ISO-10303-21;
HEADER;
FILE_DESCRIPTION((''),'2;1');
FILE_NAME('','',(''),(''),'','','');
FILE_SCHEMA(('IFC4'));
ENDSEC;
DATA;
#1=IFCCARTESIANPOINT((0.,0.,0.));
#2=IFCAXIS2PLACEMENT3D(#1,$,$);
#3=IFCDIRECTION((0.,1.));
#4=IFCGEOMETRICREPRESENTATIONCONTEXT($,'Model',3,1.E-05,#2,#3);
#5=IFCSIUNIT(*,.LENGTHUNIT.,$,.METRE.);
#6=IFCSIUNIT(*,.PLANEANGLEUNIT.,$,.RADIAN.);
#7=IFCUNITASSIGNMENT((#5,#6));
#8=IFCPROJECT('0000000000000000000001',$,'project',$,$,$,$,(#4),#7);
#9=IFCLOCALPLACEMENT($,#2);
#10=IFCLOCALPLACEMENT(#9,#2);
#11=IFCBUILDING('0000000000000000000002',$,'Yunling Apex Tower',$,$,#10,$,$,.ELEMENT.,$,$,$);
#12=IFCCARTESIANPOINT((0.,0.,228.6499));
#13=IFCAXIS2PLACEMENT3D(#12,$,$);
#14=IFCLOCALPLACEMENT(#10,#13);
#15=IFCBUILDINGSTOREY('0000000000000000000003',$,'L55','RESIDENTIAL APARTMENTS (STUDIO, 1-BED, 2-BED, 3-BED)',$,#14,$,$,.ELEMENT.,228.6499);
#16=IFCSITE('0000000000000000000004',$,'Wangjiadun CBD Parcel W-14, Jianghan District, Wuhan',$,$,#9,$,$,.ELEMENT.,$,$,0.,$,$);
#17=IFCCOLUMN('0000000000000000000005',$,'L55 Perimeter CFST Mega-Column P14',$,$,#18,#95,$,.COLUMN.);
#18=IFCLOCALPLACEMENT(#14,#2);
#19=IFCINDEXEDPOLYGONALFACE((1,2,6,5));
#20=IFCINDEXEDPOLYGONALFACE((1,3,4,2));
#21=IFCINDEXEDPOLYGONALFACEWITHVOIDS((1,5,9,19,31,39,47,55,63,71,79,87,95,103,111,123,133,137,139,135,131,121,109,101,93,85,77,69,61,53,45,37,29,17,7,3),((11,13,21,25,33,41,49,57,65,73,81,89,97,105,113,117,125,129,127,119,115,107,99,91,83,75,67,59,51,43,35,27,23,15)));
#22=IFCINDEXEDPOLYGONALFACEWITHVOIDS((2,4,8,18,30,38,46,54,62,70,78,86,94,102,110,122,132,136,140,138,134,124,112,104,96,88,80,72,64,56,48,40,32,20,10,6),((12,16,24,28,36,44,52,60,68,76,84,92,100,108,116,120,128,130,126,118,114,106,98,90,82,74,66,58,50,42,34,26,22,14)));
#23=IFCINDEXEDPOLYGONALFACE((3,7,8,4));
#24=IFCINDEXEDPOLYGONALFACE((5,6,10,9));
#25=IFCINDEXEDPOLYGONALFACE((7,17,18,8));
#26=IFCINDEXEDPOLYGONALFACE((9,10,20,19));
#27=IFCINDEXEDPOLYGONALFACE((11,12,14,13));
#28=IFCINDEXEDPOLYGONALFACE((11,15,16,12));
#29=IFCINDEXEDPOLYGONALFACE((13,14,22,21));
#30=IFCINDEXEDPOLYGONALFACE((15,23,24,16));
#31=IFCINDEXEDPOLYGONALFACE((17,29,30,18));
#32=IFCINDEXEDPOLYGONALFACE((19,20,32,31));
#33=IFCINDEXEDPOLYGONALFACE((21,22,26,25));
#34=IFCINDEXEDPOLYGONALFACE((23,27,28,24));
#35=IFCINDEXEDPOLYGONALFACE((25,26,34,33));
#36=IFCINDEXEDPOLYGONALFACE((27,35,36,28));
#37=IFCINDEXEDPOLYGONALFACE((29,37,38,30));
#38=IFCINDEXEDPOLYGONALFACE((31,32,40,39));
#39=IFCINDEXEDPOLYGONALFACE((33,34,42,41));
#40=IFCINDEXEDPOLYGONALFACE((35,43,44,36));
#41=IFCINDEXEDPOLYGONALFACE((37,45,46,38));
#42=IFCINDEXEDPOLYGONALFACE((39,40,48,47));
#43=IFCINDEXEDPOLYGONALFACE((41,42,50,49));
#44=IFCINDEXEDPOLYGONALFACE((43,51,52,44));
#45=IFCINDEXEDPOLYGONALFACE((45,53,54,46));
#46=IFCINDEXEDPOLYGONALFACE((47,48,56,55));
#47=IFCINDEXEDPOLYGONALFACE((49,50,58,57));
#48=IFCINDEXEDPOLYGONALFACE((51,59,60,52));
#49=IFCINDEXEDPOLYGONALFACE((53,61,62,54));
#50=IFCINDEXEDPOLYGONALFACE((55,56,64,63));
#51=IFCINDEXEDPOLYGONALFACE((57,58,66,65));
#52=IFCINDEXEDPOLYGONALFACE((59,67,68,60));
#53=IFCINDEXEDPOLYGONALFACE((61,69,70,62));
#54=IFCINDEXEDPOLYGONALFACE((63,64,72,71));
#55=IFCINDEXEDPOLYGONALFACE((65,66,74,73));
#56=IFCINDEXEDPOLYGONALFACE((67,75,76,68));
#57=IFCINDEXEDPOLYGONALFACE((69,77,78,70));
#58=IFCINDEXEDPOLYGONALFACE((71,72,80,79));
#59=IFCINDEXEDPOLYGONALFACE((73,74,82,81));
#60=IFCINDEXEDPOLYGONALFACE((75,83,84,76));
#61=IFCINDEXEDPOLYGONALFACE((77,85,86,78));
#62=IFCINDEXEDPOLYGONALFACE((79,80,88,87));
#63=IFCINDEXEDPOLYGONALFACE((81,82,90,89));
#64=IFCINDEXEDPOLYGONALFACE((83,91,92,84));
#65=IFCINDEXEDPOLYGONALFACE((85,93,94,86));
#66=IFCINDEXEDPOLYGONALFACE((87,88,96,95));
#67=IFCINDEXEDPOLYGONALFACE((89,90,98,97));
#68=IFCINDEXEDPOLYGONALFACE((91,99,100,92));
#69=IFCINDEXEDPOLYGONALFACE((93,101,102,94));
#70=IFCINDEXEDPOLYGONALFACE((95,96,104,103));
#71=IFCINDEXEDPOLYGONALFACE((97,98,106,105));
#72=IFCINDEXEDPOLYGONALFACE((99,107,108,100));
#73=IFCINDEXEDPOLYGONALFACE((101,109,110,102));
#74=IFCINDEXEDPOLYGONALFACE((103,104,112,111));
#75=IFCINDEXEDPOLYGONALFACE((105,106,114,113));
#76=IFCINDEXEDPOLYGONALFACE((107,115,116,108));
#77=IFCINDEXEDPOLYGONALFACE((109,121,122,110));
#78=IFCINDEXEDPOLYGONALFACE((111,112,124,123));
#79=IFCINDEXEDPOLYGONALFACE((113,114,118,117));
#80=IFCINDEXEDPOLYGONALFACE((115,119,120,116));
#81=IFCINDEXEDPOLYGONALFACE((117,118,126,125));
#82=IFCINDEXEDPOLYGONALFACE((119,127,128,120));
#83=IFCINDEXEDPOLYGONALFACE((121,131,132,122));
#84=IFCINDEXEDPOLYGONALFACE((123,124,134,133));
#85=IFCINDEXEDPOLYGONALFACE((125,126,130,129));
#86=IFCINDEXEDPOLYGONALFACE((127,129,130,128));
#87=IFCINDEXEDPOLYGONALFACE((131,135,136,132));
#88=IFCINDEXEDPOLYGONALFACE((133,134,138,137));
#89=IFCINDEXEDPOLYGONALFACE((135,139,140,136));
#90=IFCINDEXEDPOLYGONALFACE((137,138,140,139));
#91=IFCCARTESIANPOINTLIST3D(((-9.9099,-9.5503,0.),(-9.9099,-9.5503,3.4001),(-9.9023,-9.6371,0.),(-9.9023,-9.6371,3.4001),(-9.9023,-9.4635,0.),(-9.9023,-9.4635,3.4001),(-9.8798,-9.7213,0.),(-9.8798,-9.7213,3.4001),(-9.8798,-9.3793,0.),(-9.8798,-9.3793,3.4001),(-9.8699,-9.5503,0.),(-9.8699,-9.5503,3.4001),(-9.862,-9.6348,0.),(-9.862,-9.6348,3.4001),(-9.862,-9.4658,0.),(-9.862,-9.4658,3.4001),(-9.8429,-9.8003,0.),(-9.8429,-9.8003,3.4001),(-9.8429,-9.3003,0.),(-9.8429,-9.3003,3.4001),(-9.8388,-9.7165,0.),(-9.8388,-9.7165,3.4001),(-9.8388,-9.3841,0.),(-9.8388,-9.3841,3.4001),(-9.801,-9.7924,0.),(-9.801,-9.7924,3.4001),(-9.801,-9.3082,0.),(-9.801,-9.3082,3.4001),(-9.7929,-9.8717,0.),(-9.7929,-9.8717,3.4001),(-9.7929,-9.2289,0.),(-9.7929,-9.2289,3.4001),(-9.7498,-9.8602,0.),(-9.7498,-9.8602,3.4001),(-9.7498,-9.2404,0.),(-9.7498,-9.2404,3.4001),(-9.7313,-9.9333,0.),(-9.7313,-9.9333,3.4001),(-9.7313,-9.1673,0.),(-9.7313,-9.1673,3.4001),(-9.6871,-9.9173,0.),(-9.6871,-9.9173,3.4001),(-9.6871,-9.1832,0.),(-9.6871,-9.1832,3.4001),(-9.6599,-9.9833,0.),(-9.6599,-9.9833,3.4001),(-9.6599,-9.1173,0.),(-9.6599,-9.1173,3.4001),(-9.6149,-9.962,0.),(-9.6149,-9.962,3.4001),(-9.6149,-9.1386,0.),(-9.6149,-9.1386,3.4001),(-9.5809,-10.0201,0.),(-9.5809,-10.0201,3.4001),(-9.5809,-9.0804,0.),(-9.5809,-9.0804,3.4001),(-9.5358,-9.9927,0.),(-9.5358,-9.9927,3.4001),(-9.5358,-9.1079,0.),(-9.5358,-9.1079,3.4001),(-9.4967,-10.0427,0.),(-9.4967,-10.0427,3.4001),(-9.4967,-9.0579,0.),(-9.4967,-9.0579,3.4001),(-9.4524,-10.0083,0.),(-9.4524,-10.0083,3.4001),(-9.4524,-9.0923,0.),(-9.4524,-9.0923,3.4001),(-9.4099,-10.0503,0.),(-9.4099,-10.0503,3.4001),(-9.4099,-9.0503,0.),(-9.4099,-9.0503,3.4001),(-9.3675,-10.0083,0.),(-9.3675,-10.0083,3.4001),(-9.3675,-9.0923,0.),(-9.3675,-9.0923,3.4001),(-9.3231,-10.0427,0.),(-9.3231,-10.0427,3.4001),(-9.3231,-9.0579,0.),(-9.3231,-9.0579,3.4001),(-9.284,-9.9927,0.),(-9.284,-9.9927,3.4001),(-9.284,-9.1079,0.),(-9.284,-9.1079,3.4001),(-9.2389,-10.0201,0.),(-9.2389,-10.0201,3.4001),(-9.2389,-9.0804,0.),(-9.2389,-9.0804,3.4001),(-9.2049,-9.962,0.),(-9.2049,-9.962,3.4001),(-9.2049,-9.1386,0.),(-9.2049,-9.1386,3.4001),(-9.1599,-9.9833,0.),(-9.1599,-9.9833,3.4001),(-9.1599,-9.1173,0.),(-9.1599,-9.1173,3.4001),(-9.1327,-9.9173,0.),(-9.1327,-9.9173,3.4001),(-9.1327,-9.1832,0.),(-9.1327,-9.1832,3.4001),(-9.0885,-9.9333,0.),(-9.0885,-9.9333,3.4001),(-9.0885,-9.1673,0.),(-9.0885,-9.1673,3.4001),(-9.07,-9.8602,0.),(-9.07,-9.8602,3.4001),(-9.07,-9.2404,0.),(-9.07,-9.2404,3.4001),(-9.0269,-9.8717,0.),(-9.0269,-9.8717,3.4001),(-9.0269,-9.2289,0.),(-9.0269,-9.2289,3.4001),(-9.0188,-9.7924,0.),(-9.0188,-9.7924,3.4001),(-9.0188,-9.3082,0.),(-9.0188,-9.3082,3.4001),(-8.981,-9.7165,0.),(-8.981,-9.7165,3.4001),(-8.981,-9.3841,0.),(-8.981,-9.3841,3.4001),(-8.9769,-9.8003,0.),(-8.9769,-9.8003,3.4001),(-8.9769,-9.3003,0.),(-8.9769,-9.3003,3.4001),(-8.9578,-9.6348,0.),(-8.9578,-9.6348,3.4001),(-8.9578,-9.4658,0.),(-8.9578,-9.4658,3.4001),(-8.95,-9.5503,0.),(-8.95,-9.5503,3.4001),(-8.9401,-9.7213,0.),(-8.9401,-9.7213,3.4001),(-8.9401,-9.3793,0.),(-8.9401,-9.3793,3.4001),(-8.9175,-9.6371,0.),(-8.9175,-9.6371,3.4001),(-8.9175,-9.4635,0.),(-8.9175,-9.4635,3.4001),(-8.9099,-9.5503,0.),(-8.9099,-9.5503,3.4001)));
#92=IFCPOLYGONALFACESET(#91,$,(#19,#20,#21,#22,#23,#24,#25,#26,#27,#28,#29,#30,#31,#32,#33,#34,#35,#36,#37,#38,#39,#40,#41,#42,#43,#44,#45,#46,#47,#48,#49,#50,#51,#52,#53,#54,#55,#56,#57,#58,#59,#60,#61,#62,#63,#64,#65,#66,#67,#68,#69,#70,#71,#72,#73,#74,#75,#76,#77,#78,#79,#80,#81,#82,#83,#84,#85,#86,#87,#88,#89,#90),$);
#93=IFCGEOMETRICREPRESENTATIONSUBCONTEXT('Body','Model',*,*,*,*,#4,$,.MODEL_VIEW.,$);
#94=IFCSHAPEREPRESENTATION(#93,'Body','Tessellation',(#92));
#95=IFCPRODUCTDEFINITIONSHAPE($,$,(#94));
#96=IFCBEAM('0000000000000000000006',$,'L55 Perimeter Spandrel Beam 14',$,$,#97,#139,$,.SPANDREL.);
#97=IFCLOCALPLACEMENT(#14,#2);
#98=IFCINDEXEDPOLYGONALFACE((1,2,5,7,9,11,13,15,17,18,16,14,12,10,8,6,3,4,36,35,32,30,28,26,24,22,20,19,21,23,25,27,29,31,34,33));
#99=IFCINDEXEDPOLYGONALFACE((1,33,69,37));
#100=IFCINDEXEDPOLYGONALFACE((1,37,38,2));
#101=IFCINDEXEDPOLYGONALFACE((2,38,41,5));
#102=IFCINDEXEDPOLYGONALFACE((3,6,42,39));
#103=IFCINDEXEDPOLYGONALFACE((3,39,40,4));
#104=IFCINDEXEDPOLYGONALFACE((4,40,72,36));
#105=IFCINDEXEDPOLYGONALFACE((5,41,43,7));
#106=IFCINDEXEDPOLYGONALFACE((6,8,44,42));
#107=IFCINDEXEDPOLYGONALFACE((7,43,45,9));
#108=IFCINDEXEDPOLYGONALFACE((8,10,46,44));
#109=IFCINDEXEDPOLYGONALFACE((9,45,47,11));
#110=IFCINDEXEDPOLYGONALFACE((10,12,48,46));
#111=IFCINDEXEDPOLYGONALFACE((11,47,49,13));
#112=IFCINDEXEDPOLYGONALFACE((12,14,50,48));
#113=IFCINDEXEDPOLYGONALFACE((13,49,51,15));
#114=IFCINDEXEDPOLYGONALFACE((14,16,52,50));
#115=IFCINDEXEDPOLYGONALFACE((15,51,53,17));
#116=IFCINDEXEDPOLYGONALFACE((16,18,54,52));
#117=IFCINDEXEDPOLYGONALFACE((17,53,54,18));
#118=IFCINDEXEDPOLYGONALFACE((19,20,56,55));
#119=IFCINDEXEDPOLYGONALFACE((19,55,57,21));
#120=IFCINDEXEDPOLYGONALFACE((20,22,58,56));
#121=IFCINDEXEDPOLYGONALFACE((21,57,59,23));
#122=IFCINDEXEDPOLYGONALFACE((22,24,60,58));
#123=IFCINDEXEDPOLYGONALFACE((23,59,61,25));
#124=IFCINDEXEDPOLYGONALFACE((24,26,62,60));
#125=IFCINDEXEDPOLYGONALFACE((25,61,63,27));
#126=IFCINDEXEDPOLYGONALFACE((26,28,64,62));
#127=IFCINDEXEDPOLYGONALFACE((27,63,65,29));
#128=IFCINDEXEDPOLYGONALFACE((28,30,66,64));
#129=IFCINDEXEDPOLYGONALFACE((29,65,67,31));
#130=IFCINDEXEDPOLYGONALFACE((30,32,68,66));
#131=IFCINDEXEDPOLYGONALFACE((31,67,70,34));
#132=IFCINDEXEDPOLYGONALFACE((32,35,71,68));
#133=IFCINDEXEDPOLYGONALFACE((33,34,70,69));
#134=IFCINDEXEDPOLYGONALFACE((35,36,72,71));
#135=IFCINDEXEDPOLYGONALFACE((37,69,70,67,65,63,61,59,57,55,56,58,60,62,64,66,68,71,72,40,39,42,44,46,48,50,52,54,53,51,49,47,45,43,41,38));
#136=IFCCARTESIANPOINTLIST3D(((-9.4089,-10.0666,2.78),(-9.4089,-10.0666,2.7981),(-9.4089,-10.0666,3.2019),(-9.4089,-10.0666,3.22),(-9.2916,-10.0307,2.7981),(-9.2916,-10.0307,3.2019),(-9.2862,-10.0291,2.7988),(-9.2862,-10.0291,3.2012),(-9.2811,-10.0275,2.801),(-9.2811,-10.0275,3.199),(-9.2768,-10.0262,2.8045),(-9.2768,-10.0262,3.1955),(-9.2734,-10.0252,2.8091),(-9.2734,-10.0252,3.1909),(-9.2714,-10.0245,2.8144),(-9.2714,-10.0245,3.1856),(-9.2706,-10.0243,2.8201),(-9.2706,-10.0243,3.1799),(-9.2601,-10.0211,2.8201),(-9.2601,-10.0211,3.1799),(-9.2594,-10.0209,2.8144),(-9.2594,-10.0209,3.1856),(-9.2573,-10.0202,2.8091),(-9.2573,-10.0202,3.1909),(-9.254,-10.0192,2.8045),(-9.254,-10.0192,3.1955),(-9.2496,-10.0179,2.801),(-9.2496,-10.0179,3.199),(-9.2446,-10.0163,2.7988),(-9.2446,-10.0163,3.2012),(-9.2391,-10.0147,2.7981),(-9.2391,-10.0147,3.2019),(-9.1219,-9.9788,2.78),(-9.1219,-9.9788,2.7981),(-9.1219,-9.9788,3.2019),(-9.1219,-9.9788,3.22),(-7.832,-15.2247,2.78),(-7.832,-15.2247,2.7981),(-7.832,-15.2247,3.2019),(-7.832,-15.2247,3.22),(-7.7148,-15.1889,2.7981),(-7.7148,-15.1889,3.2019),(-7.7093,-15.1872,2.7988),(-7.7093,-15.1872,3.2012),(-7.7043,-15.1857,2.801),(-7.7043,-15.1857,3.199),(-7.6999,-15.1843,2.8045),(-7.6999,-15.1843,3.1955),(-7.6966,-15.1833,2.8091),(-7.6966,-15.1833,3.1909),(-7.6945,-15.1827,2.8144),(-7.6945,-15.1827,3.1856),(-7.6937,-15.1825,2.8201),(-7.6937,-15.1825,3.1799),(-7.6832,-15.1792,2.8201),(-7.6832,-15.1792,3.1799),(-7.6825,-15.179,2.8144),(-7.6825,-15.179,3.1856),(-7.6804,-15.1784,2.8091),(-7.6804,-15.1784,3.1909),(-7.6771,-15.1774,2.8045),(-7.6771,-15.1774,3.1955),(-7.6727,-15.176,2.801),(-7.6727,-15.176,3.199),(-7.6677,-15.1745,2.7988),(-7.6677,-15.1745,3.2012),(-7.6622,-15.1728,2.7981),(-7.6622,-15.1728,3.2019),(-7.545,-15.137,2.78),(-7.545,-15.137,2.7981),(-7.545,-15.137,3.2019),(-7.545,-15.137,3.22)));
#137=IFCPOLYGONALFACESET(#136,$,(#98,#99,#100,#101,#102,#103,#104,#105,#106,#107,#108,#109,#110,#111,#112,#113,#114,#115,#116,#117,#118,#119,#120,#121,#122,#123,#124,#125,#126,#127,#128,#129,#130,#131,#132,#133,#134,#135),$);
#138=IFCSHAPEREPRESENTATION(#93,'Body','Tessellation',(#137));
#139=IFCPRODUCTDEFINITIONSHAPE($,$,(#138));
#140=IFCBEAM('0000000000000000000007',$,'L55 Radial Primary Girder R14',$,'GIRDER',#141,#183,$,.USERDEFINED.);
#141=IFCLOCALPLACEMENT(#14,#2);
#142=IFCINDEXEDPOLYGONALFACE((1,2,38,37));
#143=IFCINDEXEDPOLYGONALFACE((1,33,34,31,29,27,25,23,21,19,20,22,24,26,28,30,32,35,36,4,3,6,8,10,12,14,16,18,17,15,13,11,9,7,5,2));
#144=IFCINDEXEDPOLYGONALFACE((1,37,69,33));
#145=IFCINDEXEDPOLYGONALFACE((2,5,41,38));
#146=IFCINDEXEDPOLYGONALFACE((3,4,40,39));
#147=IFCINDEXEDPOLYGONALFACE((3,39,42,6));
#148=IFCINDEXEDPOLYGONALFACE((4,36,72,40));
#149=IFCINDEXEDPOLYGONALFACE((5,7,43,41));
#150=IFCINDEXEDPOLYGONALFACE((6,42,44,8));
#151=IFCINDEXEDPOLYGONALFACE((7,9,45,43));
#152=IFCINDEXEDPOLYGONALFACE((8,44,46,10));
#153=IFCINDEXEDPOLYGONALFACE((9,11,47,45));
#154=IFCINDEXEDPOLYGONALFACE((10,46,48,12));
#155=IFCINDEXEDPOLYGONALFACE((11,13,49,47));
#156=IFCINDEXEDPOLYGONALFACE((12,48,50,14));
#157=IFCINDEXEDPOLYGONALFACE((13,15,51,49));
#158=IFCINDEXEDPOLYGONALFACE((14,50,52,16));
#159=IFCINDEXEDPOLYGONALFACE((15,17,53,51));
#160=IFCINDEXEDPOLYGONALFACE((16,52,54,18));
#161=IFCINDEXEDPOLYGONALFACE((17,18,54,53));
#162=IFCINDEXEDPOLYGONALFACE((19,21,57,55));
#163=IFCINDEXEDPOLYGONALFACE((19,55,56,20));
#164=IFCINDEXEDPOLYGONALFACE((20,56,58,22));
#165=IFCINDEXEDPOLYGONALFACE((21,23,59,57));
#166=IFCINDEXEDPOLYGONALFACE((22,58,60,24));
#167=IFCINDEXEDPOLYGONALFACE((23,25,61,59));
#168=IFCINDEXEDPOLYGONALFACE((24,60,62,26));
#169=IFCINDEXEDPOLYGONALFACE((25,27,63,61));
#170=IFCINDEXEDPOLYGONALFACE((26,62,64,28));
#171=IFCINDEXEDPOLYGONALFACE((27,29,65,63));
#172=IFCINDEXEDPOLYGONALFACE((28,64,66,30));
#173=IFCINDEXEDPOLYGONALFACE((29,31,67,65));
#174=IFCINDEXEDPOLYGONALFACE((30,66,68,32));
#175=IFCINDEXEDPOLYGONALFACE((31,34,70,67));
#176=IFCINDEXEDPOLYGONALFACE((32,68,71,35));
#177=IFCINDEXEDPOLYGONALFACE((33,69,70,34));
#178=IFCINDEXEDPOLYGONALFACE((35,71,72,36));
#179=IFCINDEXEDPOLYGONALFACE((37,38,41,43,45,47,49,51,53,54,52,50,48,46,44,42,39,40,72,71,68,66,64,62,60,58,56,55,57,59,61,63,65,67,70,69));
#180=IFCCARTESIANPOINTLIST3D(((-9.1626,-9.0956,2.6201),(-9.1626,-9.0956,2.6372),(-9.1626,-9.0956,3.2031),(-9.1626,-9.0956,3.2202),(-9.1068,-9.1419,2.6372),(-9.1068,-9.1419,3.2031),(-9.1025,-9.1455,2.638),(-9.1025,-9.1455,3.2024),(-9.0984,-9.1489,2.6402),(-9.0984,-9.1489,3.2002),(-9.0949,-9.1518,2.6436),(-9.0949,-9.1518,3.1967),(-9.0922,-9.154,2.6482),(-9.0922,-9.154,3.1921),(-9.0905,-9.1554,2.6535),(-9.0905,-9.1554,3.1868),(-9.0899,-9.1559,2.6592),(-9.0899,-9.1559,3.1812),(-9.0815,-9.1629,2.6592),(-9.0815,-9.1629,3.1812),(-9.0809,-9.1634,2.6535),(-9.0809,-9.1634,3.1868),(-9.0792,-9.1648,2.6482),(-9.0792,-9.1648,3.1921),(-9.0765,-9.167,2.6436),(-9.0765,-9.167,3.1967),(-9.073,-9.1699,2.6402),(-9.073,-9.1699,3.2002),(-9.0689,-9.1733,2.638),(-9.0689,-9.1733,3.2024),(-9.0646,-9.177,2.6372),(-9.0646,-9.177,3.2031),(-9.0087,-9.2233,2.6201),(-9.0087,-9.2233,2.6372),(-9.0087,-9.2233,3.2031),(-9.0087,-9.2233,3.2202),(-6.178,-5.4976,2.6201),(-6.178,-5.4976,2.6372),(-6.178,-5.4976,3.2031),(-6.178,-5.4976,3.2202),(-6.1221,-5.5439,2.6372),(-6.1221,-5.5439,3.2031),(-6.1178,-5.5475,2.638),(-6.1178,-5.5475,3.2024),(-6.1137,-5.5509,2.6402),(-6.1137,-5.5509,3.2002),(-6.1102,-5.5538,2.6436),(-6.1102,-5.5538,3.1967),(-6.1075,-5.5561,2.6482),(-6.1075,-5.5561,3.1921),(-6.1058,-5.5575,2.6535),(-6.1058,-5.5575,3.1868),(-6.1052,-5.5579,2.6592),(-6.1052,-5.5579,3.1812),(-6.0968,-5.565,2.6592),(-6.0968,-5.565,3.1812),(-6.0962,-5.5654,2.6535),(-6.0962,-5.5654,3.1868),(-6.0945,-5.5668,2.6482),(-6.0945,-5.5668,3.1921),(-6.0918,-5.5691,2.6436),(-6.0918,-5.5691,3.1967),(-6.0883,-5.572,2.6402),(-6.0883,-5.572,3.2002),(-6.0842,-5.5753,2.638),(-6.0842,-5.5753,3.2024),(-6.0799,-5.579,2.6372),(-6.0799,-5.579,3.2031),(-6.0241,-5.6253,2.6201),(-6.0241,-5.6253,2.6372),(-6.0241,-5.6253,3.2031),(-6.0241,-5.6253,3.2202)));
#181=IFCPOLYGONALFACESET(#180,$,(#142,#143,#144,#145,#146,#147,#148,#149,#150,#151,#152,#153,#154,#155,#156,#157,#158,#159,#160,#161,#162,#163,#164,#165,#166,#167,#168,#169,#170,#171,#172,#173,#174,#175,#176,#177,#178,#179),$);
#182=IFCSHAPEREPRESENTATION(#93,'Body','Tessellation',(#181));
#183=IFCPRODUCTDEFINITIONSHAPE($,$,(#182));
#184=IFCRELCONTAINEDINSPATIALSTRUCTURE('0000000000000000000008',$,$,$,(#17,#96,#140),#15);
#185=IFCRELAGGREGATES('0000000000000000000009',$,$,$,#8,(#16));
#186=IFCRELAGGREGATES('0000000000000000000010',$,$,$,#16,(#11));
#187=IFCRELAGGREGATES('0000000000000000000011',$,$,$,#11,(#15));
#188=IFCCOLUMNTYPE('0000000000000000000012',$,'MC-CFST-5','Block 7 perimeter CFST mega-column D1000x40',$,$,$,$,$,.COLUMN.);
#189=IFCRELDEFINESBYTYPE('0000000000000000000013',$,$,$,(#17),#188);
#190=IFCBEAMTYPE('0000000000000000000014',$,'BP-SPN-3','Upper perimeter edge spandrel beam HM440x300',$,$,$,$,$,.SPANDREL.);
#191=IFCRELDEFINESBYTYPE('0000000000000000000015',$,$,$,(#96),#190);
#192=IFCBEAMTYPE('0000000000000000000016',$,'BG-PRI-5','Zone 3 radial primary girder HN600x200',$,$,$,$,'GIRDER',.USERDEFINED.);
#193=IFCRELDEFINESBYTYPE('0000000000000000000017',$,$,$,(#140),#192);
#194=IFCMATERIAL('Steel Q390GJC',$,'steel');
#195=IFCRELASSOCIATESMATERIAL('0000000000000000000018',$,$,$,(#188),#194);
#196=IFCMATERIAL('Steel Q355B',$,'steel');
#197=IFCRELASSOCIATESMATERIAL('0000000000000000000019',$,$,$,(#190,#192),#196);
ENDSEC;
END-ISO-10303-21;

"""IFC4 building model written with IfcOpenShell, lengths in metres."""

from ifc_helpers import new_model, si_unit, direction, frame, origin, origin_2d, place, context, subcontext, project, spatial, hollow_circle, i_section, extrude, source, transform, mapped, material, material_profile, profile_set, type_object, element, save


model = new_model("IFC4")

# Units and contexts
model_context = context("Model", 3, precision=1e-05, world=origin(), true_north=direction((0.0, 1.0)))
body_context = subcontext(model_context, "Body", "Model", "MODEL_VIEW")
ifc_project = project(units=[si_unit("LENGTHUNIT", "METRE"), si_unit("PLANEANGLEUNIT", "RADIAN")], contexts=[model_context])

# Site, building, storey
site_placement = place(None, origin())
site = spatial("IfcSite", under=ifc_project, at=site_placement, Name="Wangjiadun CBD Parcel W-14, Jianghan District, Wuhan", CompositionType="ELEMENT", RefElevation=0.0)
building_placement = place(site_placement, origin())
building = spatial("IfcBuilding", under=site, at=building_placement, Name="Yunling Apex Tower", CompositionType="ELEMENT")
storey_placement = place(building_placement, frame((0.0, 0.0, 228.6499)))
storey = spatial("IfcBuildingStorey", under=building, at=storey_placement, Name="L55", Description="RESIDENTIAL APARTMENTS (STUDIO, 1-BED, 2-BED, 3-BED)", CompositionType="ELEMENT", Elevation=228.6499)

# Column
ifc_material_1 = material(Name="Steel Q390GJC", Category="steel")
ifc_material_profile_1 = material_profile(ifc_material_1, hollow_circle(Radius=0.5, WallThickness=0.04, at=origin_2d()))
ifc_profile_set_1 = profile_set([ifc_material_profile_1], Name="Steel Q390GJC")
column_type = type_object("IfcColumnType", Name="MC-CFST-5", Description="Block 7 perimeter CFST mega-column D1000x40", PredefinedType="COLUMN", material=ifc_profile_set_1)
shared_shape_1 = source(origin(), body_context, "Body", "SweptSolid", [
    extrude(hollow_circle(Radius=0.5, WallThickness=0.04, at=origin_2d()), origin(), (0.0, 0.0, 1.0), 3.4001),
])
column_placement = place(storey_placement, frame((-9.4099, -9.5503, 0.0), z_axis=(0.0, 0.0, 1.0), x_axis=(1.0, 0.0, 0.0)))
element("IfcColumn", 1, at=column_placement, inside=storey, type_object=column_type, Name="L55 Perimeter CFST Mega-Column P14", PredefinedType="COLUMN", context=body_context, shape_type="MappedRepresentation", body=[
    mapped(shared_shape_1, transform((0.0, 0.0, 0.0), scale=1.0)),
])

# Beams
ifc_material_2 = material(Name="Steel Q355B", Category="steel")
ifc_material_profile_2 = material_profile(ifc_material_2, i_section(OverallWidth=0.3, OverallDepth=0.4399, WebThickness=0.011, FlangeThickness=0.0181, FilletRadius=0.022, at=origin_2d()))
ifc_profile_set_2 = profile_set([ifc_material_profile_2], Name="Steel Q355B")
beam_type_1 = type_object("IfcBeamType", Name="BP-SPN-3", Description="Upper perimeter edge spandrel beam HM440x300", PredefinedType="SPANDREL", material=ifc_profile_set_2)
shared_shape_2 = source(origin(), body_context, "Body", "SweptSolid", [
    extrude(i_section(OverallWidth=0.3, OverallDepth=0.4399, WebThickness=0.011, FlangeThickness=0.0181, FilletRadius=0.022, at=origin_2d()), origin(), (0.0, 0.0, 1.0), 5.3938),
])
beam_1_placement = place(storey_placement, frame((-9.2654, -10.0227, 3.0), z_axis=(0.292352, -0.956311, 0.0), x_axis=(0.956311, 0.292352, 0.0)))
element("IfcBeam", 2, at=beam_1_placement, inside=storey, type_object=beam_type_1, Name="L55 Perimeter Spandrel Beam 14", PredefinedType="SPANDREL", context=body_context, shape_type="MappedRepresentation", body=[
    mapped(shared_shape_2, transform((0.0, 0.0, 0.0), scale=1.0)),
])
ifc_material_profile_3 = material_profile(ifc_material_2, i_section(OverallWidth=0.2, OverallDepth=0.6001, WebThickness=0.011, FlangeThickness=0.0171, FilletRadius=0.022, at=origin_2d()))
ifc_profile_set_3 = profile_set([ifc_material_profile_3], Name="Steel Q355B")
beam_type_2 = type_object("IfcBeamType", Name="BG-PRI-5", Description="Zone 3 radial primary girder HN600x200", ElementType="GIRDER", PredefinedType="USERDEFINED", material=ifc_profile_set_3)
shared_shape_3 = source(origin(), body_context, "Body", "SweptSolid", [
    extrude(i_section(OverallWidth=0.2, OverallDepth=0.6001, WebThickness=0.011, FlangeThickness=0.0171, FilletRadius=0.022, at=origin_2d()), origin(), (0.0, 0.0, 1.0), 4.6748),
])
beam_2_placement = place(storey_placement, frame((-9.0857, -9.1594, 2.9202), z_axis=(0.638462, 0.769653, 0.0), x_axis=(-0.769653, 0.638462, 0.0)))
element("IfcBeam", 3, at=beam_2_placement, inside=storey, type_object=beam_type_2, Name="L55 Radial Primary Girder R14", ObjectType="GIRDER", PredefinedType="USERDEFINED", context=body_context, shape_type="MappedRepresentation", body=[
    mapped(shared_shape_3, transform((0.0, 0.0, 0.0), scale=1.0)),
])

save(model, "model.ifc")
